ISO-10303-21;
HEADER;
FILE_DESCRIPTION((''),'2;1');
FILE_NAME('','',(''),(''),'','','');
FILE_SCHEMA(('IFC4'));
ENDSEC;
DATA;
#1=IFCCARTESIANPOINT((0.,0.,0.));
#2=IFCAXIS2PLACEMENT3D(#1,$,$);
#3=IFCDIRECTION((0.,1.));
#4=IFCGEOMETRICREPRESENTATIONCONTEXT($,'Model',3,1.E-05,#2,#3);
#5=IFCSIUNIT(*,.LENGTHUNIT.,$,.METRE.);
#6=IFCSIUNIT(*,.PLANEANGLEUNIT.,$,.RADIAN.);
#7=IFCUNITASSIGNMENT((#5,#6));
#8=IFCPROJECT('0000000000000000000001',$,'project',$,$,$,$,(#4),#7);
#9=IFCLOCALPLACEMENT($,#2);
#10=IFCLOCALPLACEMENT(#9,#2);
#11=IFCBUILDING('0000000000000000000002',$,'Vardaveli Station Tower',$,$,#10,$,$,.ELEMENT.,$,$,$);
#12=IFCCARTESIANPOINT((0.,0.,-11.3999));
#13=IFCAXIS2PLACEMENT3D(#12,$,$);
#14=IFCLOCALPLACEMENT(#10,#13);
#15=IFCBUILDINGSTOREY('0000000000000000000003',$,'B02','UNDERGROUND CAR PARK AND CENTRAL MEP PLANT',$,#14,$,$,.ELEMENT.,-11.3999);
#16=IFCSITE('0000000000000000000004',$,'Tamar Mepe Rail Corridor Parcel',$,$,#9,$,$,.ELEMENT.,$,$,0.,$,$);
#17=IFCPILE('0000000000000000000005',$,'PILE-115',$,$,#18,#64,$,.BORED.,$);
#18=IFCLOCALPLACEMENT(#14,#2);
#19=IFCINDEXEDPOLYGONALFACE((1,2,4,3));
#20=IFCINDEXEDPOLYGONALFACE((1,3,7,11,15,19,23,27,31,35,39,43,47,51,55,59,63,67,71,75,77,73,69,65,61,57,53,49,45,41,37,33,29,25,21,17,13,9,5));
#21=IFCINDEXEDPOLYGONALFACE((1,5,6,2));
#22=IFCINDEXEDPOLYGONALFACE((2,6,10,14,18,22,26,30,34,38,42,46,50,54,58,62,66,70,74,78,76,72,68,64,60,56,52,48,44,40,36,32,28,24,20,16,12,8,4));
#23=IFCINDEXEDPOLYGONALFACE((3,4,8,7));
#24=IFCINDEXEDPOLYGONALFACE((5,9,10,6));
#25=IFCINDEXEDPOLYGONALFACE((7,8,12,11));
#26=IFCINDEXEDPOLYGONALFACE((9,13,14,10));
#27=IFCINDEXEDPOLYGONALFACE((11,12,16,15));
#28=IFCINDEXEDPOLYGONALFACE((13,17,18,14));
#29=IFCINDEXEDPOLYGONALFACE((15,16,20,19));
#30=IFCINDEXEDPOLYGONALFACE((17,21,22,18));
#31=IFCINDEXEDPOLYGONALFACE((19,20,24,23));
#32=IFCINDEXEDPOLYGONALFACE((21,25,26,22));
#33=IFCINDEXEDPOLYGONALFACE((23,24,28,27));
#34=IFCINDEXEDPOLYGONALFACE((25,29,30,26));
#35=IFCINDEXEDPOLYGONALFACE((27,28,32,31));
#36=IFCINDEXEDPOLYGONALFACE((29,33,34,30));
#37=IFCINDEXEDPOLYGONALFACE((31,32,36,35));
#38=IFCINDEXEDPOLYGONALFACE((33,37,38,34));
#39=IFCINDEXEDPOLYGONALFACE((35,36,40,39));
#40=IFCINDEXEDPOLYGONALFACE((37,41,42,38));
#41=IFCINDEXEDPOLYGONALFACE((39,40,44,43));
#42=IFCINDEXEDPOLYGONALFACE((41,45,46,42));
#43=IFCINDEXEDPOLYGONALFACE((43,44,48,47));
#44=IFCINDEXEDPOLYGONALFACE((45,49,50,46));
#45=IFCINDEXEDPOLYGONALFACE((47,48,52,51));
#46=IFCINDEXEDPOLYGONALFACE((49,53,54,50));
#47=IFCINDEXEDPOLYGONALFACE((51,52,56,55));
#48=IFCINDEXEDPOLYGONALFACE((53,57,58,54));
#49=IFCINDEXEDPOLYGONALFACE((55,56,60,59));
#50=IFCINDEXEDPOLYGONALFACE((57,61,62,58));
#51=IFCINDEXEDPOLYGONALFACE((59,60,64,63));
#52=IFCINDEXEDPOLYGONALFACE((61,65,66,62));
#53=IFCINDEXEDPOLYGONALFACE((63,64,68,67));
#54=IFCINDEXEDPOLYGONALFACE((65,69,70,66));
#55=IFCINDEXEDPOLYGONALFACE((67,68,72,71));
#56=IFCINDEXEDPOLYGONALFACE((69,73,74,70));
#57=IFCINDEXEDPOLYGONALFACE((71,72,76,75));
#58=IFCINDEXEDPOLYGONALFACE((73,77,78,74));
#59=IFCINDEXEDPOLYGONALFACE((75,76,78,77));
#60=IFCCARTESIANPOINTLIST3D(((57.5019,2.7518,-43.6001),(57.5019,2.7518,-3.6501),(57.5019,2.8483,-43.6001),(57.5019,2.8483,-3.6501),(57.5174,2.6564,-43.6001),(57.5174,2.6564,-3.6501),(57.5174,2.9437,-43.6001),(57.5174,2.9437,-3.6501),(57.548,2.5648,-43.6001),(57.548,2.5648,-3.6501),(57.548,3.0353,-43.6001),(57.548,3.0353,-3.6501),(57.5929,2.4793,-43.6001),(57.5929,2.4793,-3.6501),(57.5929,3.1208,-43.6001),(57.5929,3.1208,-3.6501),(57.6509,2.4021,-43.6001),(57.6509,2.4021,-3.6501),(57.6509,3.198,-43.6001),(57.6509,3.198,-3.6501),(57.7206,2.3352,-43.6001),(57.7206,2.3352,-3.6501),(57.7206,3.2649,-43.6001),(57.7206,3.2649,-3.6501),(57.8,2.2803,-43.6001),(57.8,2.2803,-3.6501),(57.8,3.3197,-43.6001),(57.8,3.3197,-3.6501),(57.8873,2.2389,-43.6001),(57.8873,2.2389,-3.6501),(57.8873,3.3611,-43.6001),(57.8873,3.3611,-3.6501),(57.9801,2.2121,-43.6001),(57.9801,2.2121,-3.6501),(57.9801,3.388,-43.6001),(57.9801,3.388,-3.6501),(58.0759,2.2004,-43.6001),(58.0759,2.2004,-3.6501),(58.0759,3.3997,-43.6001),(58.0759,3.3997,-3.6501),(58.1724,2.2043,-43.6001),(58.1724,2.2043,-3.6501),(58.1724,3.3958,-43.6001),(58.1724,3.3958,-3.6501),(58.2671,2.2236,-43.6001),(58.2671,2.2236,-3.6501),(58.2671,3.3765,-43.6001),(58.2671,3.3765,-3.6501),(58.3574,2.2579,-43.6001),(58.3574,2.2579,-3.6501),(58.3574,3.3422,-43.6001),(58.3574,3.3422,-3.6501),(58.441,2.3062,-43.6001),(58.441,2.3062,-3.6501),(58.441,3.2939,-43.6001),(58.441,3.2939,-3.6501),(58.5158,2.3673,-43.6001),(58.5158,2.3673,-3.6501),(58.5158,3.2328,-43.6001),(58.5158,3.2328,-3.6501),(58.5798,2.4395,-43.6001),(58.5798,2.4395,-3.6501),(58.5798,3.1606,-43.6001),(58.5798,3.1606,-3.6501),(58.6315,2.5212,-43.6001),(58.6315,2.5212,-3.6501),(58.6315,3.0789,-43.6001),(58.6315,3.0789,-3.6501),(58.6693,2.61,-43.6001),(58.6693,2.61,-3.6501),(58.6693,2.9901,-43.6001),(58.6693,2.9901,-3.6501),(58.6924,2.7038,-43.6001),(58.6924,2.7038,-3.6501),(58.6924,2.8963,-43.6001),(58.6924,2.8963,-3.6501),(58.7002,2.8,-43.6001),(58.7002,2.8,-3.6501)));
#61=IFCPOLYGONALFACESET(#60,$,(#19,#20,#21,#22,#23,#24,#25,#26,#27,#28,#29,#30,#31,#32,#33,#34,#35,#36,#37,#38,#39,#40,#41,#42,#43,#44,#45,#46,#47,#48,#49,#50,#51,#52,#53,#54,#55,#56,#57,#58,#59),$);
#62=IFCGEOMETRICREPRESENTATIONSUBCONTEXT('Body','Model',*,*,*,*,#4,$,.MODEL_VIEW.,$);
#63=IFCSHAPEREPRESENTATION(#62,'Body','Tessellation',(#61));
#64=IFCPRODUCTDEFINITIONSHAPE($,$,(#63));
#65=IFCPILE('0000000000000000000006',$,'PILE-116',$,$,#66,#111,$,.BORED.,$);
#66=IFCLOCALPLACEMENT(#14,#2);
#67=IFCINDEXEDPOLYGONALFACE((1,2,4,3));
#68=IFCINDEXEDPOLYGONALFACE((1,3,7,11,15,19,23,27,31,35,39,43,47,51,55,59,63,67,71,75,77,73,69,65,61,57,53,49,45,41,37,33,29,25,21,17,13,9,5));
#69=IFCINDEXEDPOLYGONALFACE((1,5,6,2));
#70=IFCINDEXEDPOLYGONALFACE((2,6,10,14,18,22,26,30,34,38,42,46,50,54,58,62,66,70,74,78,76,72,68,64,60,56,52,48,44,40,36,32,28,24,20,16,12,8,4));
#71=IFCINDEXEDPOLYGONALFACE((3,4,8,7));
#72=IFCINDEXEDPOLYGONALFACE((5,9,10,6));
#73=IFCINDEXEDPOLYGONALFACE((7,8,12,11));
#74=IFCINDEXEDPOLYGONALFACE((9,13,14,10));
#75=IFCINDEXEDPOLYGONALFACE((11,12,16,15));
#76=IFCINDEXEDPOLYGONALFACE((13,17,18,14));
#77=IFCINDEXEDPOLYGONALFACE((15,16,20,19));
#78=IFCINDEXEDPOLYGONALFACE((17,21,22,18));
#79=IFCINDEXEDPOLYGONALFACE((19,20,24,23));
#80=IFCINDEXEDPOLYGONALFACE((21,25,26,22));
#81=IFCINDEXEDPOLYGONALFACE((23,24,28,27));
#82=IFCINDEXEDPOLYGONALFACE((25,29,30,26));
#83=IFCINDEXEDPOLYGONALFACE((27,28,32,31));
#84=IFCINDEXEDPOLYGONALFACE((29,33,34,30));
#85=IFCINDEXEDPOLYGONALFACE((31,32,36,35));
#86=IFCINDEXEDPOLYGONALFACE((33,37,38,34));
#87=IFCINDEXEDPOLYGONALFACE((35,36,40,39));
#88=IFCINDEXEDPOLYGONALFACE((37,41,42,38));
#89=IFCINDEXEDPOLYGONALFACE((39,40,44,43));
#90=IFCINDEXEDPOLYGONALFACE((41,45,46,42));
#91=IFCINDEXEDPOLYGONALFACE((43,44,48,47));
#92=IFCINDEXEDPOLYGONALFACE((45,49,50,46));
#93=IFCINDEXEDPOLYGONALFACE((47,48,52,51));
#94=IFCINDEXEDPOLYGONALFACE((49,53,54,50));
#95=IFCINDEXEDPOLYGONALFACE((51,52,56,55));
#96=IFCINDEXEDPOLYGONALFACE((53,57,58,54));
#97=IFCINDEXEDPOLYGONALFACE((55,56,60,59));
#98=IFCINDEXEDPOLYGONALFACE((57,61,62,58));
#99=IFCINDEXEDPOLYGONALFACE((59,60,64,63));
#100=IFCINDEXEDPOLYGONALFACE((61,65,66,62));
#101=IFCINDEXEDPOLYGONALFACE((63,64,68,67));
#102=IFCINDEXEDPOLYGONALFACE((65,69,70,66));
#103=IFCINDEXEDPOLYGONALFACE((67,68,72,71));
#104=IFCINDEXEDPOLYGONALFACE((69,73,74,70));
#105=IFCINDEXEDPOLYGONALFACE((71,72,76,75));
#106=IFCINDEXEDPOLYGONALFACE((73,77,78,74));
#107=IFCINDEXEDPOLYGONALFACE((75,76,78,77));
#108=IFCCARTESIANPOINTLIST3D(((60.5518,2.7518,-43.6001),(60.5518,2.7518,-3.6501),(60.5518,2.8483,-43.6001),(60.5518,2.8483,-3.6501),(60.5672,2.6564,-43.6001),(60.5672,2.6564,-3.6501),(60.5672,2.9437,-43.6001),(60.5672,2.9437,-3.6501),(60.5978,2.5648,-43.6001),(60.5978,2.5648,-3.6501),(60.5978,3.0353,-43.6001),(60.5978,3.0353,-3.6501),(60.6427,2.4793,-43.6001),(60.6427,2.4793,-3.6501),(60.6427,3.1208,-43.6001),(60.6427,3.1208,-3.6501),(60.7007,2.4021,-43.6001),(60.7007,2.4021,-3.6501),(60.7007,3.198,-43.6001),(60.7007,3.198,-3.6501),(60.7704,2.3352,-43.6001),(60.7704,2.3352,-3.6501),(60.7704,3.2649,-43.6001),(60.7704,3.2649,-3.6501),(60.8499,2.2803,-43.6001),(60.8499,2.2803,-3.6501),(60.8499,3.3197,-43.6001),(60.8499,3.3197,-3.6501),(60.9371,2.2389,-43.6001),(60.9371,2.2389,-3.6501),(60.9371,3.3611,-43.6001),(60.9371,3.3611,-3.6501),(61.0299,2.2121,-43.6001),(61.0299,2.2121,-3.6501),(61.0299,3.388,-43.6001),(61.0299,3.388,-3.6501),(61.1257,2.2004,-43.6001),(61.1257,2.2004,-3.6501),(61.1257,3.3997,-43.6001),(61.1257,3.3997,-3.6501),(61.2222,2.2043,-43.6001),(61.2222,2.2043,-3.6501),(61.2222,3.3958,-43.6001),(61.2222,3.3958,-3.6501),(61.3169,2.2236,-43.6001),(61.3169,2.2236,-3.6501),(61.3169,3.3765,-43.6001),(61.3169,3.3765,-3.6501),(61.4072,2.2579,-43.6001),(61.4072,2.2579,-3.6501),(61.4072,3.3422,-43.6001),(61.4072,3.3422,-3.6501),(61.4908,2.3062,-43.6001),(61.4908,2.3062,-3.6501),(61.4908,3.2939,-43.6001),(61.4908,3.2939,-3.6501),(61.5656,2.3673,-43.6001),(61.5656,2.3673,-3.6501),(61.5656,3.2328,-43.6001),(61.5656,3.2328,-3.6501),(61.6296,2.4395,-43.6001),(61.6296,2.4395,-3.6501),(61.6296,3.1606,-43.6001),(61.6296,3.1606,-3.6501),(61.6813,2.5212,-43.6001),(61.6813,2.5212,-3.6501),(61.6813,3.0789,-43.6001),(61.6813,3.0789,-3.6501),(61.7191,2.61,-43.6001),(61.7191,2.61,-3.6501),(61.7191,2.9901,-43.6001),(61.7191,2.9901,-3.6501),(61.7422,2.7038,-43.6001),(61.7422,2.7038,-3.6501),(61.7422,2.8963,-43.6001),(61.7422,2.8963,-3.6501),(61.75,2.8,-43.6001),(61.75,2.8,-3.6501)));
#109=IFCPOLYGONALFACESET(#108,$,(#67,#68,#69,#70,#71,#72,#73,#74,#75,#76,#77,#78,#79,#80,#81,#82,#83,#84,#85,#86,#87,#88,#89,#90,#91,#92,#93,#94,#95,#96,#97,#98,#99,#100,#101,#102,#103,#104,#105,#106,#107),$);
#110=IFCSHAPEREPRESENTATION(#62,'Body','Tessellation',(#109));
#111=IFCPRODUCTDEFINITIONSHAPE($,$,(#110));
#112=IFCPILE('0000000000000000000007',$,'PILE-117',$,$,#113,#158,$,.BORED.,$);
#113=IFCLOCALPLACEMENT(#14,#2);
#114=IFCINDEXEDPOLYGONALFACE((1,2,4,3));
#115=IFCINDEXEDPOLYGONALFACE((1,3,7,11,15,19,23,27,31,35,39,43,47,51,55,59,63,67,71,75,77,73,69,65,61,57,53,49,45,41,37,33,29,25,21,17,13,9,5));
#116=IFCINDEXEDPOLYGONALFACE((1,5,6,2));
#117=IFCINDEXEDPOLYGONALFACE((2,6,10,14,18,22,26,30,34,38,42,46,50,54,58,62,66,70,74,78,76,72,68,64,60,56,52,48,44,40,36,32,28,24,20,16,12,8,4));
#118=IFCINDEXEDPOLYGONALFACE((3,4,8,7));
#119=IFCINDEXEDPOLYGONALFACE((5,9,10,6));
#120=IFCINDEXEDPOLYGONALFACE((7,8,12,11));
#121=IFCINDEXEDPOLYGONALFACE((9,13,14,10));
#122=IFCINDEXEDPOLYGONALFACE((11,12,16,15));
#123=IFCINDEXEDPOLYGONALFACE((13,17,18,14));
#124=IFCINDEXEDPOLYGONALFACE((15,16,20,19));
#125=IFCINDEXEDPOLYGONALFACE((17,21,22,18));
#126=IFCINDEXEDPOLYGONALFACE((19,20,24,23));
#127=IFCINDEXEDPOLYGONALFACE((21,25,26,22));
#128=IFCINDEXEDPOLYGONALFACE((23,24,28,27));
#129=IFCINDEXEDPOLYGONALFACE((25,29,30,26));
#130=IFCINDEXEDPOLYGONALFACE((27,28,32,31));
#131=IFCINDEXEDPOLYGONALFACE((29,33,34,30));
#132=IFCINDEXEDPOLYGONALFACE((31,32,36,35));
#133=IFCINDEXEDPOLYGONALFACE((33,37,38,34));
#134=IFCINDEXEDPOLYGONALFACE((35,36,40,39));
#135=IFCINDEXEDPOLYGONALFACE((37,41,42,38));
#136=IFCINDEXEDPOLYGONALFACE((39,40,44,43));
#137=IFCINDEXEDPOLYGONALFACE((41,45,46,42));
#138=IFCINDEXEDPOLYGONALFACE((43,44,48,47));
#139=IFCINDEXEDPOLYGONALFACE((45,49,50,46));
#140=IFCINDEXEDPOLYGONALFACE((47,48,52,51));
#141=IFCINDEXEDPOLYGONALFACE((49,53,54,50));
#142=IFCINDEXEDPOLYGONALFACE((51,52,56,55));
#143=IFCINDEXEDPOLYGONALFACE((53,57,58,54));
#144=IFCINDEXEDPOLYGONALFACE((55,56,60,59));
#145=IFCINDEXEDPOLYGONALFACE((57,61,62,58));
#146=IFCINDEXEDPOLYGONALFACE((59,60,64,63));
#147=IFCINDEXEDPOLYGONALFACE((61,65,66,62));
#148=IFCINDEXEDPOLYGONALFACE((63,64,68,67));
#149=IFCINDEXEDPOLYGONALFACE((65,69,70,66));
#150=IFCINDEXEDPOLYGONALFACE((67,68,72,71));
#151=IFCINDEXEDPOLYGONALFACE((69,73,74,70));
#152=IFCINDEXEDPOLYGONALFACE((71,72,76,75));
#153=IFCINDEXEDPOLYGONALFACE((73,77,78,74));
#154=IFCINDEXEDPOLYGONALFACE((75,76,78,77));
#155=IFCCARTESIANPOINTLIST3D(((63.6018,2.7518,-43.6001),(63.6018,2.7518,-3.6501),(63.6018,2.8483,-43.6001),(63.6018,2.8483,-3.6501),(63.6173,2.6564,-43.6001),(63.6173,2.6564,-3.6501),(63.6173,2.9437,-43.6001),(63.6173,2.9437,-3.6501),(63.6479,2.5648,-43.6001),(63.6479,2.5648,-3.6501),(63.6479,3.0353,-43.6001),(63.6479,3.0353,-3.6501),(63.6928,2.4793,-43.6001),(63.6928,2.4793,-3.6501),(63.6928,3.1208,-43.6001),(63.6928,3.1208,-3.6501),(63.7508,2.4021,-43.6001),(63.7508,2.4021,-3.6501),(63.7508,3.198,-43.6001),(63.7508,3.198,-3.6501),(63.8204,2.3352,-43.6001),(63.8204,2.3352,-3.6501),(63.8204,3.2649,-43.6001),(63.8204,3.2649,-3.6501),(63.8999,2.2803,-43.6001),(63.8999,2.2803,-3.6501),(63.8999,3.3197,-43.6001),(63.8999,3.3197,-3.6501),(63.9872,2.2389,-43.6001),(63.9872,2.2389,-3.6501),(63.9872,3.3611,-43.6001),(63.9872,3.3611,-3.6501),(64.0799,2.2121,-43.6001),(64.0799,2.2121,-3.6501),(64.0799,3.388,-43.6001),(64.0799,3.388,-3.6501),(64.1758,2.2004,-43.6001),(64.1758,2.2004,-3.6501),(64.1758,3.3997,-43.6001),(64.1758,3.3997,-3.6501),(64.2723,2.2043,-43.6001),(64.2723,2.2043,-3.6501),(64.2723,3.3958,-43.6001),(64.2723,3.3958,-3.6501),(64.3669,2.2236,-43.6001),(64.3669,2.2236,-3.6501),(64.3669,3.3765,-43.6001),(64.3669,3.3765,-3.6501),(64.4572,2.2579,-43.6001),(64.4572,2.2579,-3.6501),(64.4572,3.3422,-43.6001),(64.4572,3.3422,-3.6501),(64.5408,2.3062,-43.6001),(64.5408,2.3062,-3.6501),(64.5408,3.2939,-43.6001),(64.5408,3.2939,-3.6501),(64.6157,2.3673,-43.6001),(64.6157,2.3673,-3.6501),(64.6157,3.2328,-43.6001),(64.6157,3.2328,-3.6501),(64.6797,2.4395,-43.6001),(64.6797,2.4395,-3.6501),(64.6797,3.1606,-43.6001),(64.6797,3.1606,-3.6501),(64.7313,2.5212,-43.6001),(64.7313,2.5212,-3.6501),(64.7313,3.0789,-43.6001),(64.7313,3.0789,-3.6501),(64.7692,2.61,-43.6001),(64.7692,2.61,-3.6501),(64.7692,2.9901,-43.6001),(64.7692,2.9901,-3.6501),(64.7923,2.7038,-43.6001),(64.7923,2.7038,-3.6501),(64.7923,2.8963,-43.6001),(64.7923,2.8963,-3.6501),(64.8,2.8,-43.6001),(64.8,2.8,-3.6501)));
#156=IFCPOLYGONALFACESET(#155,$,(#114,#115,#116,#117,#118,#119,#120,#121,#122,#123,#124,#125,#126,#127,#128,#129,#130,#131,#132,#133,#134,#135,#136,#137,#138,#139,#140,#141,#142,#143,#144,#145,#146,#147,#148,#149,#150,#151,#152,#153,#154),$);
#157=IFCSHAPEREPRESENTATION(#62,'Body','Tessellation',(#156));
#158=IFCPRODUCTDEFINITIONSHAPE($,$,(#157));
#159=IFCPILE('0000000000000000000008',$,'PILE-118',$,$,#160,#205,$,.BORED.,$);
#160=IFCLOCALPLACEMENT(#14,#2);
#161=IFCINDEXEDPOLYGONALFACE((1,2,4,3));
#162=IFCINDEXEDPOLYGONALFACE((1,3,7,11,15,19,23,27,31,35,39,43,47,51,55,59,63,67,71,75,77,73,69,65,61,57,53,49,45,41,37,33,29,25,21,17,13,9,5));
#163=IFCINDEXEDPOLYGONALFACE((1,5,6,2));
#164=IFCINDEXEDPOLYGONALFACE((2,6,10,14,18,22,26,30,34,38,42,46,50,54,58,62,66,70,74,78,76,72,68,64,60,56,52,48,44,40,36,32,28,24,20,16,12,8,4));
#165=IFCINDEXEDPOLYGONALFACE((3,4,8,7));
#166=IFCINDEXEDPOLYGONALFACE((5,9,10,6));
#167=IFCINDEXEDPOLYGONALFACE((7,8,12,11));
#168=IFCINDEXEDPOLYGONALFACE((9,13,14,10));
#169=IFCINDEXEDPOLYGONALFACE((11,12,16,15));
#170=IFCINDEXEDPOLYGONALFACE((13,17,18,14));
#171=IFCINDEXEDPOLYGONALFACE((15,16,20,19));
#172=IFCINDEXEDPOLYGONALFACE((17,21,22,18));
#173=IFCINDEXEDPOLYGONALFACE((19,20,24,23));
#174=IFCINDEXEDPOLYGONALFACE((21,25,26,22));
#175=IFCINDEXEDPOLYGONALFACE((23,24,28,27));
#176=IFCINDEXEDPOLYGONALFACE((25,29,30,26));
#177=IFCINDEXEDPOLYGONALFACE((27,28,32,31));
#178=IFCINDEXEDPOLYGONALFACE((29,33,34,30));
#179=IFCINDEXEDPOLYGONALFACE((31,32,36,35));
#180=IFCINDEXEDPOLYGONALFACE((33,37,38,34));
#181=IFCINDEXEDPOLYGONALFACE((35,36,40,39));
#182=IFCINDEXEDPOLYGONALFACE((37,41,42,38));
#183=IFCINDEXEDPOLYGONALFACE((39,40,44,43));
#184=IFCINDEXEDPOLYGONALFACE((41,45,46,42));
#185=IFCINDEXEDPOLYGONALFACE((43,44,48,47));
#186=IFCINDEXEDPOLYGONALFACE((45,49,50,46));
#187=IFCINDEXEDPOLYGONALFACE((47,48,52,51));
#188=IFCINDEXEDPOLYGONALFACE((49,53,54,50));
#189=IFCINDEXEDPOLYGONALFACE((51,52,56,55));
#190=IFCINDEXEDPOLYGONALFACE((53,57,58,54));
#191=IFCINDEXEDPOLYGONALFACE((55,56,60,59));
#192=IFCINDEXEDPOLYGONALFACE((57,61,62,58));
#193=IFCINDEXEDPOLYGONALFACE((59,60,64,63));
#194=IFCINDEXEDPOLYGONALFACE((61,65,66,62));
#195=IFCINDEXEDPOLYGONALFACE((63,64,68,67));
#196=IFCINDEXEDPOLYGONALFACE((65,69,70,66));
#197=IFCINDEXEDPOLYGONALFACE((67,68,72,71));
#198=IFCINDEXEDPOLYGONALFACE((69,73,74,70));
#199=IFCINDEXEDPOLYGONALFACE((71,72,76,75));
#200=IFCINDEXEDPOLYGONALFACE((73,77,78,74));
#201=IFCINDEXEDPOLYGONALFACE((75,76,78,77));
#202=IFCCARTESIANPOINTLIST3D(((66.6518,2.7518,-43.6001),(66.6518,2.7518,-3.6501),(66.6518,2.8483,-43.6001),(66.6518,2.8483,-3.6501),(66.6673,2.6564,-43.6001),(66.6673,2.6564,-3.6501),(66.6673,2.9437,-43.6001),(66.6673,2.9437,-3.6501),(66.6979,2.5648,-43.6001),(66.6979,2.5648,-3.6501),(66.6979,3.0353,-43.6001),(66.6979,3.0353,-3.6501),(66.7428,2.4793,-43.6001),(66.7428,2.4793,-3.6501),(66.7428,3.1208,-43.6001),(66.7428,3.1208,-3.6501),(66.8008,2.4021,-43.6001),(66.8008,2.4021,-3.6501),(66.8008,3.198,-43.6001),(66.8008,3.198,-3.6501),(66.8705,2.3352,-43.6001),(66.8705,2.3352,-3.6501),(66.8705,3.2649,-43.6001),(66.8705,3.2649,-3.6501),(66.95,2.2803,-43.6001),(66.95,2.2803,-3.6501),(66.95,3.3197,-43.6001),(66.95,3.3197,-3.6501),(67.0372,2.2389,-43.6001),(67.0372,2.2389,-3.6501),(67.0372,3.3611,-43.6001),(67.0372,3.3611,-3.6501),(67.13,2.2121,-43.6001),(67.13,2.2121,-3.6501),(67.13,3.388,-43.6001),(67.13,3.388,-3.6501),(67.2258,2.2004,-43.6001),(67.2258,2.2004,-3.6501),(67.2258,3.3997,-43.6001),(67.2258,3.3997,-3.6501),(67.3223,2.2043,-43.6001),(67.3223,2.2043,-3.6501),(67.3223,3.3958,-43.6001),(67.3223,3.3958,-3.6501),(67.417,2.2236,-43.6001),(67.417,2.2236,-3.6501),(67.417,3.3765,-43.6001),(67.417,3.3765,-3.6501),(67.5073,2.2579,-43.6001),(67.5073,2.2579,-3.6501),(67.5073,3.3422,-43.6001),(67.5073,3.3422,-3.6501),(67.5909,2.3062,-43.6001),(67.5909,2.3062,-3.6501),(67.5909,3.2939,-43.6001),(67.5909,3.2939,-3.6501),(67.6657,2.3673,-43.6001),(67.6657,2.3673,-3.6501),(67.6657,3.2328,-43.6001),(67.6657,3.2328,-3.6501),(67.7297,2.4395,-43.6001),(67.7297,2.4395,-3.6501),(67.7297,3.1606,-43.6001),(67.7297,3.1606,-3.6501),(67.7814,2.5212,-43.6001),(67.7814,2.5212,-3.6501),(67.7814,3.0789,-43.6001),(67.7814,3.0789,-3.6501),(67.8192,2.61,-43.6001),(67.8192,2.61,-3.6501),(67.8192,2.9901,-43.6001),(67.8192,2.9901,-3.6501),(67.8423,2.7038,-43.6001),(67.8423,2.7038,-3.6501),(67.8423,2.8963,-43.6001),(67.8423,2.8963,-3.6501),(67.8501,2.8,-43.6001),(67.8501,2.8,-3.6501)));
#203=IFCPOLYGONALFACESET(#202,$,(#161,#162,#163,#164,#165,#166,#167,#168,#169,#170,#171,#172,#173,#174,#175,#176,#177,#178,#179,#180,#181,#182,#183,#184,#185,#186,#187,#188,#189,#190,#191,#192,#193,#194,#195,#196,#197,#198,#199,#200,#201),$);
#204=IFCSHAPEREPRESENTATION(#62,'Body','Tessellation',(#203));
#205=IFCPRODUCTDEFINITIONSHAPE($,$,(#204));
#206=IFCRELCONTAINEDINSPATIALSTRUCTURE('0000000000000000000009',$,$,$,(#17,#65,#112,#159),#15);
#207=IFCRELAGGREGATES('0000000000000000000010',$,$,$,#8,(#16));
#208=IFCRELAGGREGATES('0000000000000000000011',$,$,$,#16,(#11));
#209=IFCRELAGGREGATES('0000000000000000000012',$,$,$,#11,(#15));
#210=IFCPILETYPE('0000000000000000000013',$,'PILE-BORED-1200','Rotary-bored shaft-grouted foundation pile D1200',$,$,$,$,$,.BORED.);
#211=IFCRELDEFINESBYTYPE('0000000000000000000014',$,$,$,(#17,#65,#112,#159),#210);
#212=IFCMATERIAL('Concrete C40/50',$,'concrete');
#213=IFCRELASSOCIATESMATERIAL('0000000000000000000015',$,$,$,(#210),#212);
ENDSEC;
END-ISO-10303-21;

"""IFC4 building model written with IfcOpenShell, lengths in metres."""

from ifc_helpers import new_model, si_unit, direction, frame, origin, origin_2d, place, context, subcontext, project, spatial, circle, extrude, source, transform, mapped, material, material_profile, profile_set, type_object, element, save


model = new_model("IFC4")

# Units and contexts
model_context = context("Model", 3, precision=1e-05, world=origin(), true_north=direction((0.0, 1.0)))
body_context = subcontext(model_context, "Body", "Model", "MODEL_VIEW")
ifc_project = project(units=[si_unit("LENGTHUNIT", "METRE"), si_unit("PLANEANGLEUNIT", "RADIAN")], contexts=[model_context])

# Site, building, storey
site_placement = place(None, origin())
site = spatial("IfcSite", under=ifc_project, at=site_placement, Name="Tamar Mepe Rail Corridor Parcel", CompositionType="ELEMENT", RefElevation=0.0)
building_placement = place(site_placement, origin())
building = spatial("IfcBuilding", under=site, at=building_placement, Name="Vardaveli Station Tower", CompositionType="ELEMENT")
storey_placement = place(building_placement, frame((0.0, 0.0, -11.3999)))
storey = spatial("IfcBuildingStorey", under=building, at=storey_placement, Name="B02", Description="UNDERGROUND CAR PARK AND CENTRAL MEP PLANT", CompositionType="ELEMENT", Elevation=-11.3999)

# Piles
ifc_material_1 = material(Name="Concrete C40/50", Category="concrete")
ifc_material_profile_1 = material_profile(ifc_material_1, circle(Radius=0.6001, at=origin_2d()), Name="PILE D1200")
ifc_profile_set_1 = profile_set([ifc_material_profile_1], Name="Concrete C40/50")
pile_type_1 = type_object("IfcPileType", Name="PILE-BORED-1200", Description="Rotary-bored shaft-grouted foundation pile D1200", PredefinedType="BORED", material=ifc_profile_set_1)
shared_shape_1 = source(origin(), body_context, "Body", "SweptSolid", [
    extrude(circle(Radius=0.6001, at=origin_2d()), origin(), (0.0, 0.0, 1.0), 39.95),
])
for number, where, z_axis, x_axis, name in (
    (1, (58.1001, 2.8, -3.6501), (0.0, 0.0, -1.0), (1.0, 0.0, 0.0), "PILE-115"),
    (2, (61.1499, 2.8, -3.6501), (0.0, 0.0, -1.0), (1.0, 0.0, 0.0), "PILE-116"),
    (3, (64.2, 2.8, -3.6501), (0.0, 0.0, -1.0), (1.0, 0.0, 0.0), "PILE-117"),
    (4, (67.25, 2.8, -3.6501), (0.0, 0.0, -1.0), (1.0, 0.0, 0.0), "PILE-118"),
):
    element("IfcPile", number, at=place(storey_placement, frame(where, z_axis=z_axis, x_axis=x_axis)), inside=storey, type_object=pile_type_1, Name=name, PredefinedType="BORED", context=body_context, shape_type="MappedRepresentation", body=[
        mapped(shared_shape_1, transform((0.0, 0.0, 0.0), scale=1.0)),
    ])

save(model, "model.ifc")
